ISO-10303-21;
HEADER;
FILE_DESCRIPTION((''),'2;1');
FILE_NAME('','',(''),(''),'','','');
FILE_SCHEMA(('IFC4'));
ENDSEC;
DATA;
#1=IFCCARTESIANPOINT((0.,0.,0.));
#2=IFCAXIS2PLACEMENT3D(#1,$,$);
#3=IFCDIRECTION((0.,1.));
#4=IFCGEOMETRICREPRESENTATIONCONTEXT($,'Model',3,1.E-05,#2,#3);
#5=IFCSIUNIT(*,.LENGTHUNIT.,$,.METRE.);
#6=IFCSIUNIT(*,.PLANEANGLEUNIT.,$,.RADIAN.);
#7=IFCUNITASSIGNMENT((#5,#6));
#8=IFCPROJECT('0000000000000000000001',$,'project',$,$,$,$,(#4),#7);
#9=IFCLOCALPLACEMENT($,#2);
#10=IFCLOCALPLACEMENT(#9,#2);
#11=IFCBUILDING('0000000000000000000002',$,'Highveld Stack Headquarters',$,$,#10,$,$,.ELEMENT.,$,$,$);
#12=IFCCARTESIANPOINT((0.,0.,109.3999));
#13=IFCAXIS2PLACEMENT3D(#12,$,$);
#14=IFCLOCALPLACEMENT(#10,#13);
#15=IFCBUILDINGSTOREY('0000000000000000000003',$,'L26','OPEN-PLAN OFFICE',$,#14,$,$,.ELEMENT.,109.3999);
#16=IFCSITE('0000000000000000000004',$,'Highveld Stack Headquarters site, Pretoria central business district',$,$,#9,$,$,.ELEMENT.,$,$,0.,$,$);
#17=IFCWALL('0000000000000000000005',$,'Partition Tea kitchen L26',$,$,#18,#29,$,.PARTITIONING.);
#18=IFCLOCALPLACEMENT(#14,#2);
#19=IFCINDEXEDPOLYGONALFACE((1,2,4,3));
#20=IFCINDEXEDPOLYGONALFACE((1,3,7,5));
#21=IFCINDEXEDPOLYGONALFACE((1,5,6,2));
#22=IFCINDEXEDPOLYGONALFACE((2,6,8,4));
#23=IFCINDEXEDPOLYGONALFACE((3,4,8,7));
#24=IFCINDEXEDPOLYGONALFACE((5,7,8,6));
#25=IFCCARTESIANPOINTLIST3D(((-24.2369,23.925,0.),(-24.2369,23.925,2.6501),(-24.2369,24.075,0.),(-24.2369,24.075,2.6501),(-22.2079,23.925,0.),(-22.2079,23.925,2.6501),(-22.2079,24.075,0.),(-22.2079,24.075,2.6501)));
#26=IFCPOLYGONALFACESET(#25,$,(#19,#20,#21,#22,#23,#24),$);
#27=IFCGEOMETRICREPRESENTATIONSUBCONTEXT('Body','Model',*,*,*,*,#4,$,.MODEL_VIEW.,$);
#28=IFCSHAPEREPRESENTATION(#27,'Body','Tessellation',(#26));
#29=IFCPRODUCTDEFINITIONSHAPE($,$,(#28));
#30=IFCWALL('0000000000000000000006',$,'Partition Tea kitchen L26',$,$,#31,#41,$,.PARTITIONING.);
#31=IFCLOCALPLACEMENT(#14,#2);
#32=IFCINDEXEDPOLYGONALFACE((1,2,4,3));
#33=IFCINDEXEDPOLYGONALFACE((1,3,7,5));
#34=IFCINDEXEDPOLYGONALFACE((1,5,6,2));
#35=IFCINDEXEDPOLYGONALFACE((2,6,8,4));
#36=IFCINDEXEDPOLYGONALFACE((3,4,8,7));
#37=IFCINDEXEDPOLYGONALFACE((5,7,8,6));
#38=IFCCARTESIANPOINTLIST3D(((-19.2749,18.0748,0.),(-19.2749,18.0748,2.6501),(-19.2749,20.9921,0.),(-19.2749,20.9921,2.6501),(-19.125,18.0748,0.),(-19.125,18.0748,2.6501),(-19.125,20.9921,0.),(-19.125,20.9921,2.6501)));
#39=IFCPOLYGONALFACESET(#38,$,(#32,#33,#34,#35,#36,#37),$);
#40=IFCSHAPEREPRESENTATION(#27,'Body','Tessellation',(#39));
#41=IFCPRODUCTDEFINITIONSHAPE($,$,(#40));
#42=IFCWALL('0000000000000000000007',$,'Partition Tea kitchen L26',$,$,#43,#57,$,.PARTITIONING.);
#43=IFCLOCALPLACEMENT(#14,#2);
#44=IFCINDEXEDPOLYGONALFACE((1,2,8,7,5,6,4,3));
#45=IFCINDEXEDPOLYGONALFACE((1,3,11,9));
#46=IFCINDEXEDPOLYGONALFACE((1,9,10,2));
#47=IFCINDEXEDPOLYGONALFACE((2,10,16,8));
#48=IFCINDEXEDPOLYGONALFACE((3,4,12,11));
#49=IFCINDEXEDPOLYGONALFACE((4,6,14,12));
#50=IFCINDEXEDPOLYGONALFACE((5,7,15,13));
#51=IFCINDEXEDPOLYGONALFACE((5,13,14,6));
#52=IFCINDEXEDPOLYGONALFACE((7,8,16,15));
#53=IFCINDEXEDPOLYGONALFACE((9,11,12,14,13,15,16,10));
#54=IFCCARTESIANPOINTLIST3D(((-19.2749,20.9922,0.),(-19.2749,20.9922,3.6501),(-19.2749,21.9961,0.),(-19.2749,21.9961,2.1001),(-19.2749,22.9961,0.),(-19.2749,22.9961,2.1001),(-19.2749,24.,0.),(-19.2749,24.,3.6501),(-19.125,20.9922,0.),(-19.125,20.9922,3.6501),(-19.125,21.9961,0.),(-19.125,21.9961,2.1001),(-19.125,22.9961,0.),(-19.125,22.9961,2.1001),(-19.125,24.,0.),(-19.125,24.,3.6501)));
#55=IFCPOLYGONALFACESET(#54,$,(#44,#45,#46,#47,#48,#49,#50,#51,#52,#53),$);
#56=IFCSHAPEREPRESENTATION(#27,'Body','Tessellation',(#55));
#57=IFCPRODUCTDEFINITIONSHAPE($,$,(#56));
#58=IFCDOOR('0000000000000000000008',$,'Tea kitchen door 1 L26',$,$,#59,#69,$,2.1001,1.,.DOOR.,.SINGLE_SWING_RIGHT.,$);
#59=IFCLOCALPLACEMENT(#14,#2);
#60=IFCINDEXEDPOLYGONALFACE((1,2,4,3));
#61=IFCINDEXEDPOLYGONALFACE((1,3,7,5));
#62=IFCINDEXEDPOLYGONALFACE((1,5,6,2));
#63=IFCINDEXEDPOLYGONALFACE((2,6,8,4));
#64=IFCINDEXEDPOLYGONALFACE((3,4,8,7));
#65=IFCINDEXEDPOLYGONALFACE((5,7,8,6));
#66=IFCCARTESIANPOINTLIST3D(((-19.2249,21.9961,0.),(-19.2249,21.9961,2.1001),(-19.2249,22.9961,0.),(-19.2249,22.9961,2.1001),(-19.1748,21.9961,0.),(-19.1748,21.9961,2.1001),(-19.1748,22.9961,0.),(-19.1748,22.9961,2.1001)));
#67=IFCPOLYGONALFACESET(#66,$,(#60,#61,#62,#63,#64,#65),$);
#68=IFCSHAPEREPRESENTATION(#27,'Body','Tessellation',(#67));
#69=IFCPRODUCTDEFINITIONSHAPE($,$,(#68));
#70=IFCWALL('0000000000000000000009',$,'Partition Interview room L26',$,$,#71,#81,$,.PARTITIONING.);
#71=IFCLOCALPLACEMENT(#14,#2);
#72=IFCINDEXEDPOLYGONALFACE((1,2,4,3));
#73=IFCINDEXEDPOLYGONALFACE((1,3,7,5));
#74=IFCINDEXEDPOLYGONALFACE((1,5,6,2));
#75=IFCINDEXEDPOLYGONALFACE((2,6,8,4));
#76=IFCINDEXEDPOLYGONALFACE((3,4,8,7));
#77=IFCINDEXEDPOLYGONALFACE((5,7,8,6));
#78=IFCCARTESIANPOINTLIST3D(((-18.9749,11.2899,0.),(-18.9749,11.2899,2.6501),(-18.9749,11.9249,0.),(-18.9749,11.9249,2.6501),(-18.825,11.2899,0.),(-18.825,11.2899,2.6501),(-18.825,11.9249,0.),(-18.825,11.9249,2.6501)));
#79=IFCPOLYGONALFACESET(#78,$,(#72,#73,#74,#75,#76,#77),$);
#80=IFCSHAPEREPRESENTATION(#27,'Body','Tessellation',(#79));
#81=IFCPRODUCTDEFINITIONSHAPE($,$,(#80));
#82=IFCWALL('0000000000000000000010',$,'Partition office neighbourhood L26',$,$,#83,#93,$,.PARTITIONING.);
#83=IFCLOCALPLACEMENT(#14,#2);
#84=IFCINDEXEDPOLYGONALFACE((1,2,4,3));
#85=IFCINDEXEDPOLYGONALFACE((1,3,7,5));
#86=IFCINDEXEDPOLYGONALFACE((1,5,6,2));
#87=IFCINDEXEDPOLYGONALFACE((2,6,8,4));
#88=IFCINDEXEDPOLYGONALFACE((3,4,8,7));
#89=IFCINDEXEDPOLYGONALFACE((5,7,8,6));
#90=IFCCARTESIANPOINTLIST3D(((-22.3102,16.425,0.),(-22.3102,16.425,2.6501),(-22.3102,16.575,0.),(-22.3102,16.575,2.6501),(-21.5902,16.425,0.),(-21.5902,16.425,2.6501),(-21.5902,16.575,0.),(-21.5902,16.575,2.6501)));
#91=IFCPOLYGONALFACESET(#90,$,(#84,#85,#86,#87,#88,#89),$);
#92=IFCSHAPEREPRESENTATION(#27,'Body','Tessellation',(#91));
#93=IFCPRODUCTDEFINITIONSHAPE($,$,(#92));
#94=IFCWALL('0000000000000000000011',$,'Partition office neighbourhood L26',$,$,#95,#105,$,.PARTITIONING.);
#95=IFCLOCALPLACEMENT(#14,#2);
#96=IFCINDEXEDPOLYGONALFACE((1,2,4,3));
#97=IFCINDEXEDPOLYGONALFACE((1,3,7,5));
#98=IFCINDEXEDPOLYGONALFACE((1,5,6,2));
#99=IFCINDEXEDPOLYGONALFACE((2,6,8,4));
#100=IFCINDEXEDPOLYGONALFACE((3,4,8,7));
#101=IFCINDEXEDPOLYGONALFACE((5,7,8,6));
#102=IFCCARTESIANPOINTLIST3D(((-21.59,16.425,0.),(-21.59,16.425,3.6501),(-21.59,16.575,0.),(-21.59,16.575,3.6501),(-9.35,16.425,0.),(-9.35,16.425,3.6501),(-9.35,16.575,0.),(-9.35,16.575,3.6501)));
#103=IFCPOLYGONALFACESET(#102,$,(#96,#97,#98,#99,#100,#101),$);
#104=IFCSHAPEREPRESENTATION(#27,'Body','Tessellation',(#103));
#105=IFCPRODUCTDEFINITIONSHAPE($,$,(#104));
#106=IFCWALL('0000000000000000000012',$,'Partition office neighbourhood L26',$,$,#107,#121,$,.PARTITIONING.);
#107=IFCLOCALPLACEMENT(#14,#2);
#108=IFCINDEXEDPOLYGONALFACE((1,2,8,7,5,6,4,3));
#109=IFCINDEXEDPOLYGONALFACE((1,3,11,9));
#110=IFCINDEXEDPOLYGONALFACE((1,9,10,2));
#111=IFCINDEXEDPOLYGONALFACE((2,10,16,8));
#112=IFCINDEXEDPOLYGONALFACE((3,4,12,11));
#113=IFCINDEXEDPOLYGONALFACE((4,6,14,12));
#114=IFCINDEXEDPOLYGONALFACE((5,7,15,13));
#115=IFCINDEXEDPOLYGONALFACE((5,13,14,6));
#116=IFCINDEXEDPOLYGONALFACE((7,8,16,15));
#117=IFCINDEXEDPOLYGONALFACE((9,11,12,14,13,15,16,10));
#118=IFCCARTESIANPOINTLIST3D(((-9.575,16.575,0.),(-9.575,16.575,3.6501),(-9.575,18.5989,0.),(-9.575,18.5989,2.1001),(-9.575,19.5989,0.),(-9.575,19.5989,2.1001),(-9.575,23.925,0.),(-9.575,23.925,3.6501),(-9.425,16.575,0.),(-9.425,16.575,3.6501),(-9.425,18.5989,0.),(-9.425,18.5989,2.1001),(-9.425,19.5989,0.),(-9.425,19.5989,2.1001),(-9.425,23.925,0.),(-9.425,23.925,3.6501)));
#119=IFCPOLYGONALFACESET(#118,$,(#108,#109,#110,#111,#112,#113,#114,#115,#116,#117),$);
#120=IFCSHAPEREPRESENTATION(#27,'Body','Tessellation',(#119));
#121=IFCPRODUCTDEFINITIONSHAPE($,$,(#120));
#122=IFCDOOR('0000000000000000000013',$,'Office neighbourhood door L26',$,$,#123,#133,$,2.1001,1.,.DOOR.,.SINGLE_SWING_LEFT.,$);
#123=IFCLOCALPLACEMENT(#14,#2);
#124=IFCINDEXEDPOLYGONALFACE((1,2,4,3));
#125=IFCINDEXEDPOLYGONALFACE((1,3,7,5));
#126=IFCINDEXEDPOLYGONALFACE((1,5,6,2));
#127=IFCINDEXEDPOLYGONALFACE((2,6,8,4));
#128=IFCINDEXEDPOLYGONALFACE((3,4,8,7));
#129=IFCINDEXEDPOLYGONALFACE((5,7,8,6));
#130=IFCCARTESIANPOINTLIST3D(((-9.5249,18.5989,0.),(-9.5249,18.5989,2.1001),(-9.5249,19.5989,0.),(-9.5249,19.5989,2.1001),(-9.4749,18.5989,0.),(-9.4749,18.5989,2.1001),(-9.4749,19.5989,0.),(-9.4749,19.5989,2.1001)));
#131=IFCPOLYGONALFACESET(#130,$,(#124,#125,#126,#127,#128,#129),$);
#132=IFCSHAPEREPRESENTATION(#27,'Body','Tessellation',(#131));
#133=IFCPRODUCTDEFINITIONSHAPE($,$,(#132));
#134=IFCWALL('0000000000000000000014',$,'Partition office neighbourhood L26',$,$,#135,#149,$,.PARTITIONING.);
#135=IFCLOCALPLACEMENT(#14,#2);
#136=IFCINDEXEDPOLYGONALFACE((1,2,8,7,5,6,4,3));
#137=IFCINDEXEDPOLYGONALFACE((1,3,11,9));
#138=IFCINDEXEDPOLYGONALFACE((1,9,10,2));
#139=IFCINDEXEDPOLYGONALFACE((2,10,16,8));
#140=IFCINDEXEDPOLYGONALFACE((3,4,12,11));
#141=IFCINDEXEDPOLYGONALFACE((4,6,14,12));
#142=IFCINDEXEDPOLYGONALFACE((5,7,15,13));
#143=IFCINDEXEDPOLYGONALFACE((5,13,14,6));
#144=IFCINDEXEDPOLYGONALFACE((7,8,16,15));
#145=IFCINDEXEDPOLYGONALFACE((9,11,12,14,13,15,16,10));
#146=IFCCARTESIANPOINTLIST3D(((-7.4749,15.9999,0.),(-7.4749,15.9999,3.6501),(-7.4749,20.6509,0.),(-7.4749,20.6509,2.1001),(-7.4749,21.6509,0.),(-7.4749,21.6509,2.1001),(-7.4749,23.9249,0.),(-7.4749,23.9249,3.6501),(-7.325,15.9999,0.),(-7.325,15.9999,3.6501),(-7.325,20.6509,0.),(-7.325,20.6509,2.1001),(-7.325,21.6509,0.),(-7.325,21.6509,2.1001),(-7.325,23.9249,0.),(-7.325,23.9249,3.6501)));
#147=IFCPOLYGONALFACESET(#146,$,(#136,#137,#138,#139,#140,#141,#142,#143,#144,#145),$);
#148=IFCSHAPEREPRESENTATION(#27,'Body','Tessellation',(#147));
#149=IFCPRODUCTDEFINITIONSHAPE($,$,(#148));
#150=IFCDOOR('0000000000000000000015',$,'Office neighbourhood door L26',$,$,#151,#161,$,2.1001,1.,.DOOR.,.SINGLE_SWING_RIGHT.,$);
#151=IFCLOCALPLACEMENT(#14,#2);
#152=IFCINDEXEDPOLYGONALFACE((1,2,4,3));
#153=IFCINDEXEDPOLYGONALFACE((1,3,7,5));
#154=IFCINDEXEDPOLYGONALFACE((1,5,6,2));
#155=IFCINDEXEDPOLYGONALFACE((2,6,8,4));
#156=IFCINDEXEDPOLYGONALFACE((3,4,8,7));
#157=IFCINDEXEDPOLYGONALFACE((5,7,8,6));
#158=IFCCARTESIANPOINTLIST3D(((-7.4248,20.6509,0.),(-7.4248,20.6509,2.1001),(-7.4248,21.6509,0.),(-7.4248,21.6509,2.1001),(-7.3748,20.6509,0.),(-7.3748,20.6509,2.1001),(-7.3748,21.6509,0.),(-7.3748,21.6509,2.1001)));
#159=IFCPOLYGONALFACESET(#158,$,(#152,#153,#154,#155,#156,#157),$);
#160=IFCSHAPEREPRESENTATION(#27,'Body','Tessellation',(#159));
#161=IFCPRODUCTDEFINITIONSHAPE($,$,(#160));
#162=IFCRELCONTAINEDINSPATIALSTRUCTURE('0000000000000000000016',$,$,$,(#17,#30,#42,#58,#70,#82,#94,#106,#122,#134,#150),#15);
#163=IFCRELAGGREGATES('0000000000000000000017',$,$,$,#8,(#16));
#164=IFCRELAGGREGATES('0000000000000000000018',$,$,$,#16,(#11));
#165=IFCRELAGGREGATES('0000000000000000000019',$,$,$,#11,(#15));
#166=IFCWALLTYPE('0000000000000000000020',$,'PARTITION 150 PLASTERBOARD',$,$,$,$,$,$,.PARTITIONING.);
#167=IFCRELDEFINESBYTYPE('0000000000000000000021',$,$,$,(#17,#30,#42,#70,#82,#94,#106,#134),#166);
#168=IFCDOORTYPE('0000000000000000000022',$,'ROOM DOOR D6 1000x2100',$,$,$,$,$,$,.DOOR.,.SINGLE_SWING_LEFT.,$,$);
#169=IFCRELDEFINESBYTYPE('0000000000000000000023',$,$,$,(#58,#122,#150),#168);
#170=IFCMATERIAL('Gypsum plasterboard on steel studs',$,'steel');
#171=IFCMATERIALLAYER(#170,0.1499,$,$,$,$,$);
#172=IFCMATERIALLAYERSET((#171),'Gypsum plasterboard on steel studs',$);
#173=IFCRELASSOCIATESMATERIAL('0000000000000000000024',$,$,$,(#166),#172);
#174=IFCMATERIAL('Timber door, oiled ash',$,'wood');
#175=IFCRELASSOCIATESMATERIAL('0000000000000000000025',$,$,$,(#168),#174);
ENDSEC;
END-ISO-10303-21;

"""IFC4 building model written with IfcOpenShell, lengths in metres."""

from ifc_helpers import new_model, si_unit, direction, frame, frame_2d, origin, place, context, subcontext, project, spatial, rectangle, extrude, material, layer, layer_set, type_object, element, fill, save


model = new_model("IFC4")

# Units and contexts
model_context = context("Model", 3, precision=1e-05, world=origin(), true_north=direction((0.0, 1.0)))
body_context = subcontext(model_context, "Body", "Model", "MODEL_VIEW")
ifc_project = project(units=[si_unit("LENGTHUNIT", "METRE"), si_unit("PLANEANGLEUNIT", "RADIAN")], contexts=[model_context])

# Site, building, storey
site_placement = place(None, origin())
site = spatial("IfcSite", under=ifc_project, at=site_placement, Name="Highveld Stack Headquarters site, Pretoria central business district", CompositionType="ELEMENT", RefElevation=0.0)
building_placement = place(site_placement, origin())
building = spatial("IfcBuilding", under=site, at=building_placement, Name="Highveld Stack Headquarters", CompositionType="ELEMENT")
storey_placement = place(building_placement, frame((0.0, 0.0, 109.3999)))
storey = spatial("IfcBuildingStorey", under=building, at=storey_placement, Name="L26", Description="OPEN-PLAN OFFICE", CompositionType="ELEMENT", Elevation=109.3999)

# Walls
ifc_material_1 = material(Name="Gypsum plasterboard on steel studs", Category="steel")
ifc_layer_1 = layer(ifc_material_1, 0.1499)
ifc_layer_set_1 = layer_set([ifc_layer_1], Name="Gypsum plasterboard on steel studs")
wall_type_1 = type_object("IfcWallType", Name="PARTITION 150 PLASTERBOARD", PredefinedType="PARTITIONING", material=ifc_layer_set_1)
wall_1_placement = place(storey_placement, frame((-24.2371, 24.0, 0.0), z_axis=(0.0, 0.0, 1.0), x_axis=(1.0, 0.0, 0.0)))
element("IfcWall", 1, at=wall_1_placement, inside=storey, type_object=wall_type_1, Name="Partition Tea kitchen L26", PredefinedType="PARTITIONING", context=body_context, shape_type="SweptSolid", body=[
    extrude(rectangle(XDim=2.0291, YDim=0.1499, at=frame_2d((1.0146, 0.0))), origin(), (0.0, 0.0, 1.0), 2.6501),
])
wall_2_placement = place(storey_placement, frame((-19.2, 18.075, 0.0), z_axis=(0.0, 0.0, 1.0), x_axis=(0.0, 1.0, 0.0)))
element("IfcWall", 2, at=wall_2_placement, inside=storey, type_object=wall_type_1, Name="Partition Tea kitchen L26", PredefinedType="PARTITIONING", context=body_context, shape_type="SweptSolid", body=[
    extrude(rectangle(XDim=2.9172, YDim=0.1499, at=frame_2d((1.4585, 0.0))), origin(), (0.0, 0.0, 1.0), 2.6501),
])

# Wall, opening, door
wall_3_placement = place(storey_placement, frame((-19.2, 20.9922, 0.0), z_axis=(0.0, 0.0, 1.0), x_axis=(0.0, 1.0, 0.0)))
wall_3 = element("IfcWall", 3, at=wall_3_placement, inside=storey, type_object=wall_type_1, Name="Partition Tea kitchen L26", PredefinedType="PARTITIONING", context=body_context, shape_type="SweptSolid", body=[
    extrude(rectangle(XDim=3.0078, YDim=0.1499, at=frame_2d((1.5039, 0.0))), origin(), (0.0, 0.0, 1.0), 3.6501),
])
opening_1_placement = place(wall_3_placement, frame((1.0039, 0.0, 0.0)))
opening_1 = element("IfcOpeningElement", 4, at=opening_1_placement, cuts=wall_3, PredefinedType="OPENING", context=body_context, shape_type="SweptSolid", body=[
    extrude(rectangle(XDim=1.0, YDim=2.1001, at=frame_2d((0.5, 1.05))), frame((0.0, 0.085, 0.0), z_axis=(0.0, -1.0, 0.0), x_axis=(1.0, 0.0, 0.0)), (0.0, 0.0, 1.0), 0.1699),
])
ifc_material_2 = material(Name="Timber door, oiled ash", Category="wood")
door_type = type_object("IfcDoorType", Name="ROOM DOOR D6 1000x2100", OperationType="SINGLE_SWING_LEFT", PredefinedType="DOOR", material=ifc_material_2)
door_1_placement = place(opening_1_placement, origin())
door_1 = element("IfcDoor", 5, at=door_1_placement, inside=storey, type_object=door_type, Name="Tea kitchen door 1 L26", OperationType="SINGLE_SWING_RIGHT", OverallHeight=2.1001, OverallWidth=1.0, PredefinedType="DOOR", context=body_context, shape_type="SweptSolid", body=[
    extrude(rectangle(XDim=1.0, YDim=2.1001, at=frame_2d((0.5, 1.05))), frame((0.0, 0.0249, 0.0), z_axis=(0.0, -1.0, 0.0), x_axis=(1.0, 0.0, 0.0)), (0.0, 0.0, 1.0), 0.05),
])
fill(opening_1, door_1)

# Walls
wall_4_placement = place(storey_placement, frame((-18.8999, 11.29, 0.0), z_axis=(0.0, 0.0, 1.0), x_axis=(0.0, 1.0, 0.0)))
element("IfcWall", 6, at=wall_4_placement, inside=storey, type_object=wall_type_1, Name="Partition Interview room L26", PredefinedType="PARTITIONING", context=body_context, shape_type="SweptSolid", body=[
    extrude(rectangle(XDim=0.635, YDim=0.1499, at=frame_2d((0.3174, 0.0))), origin(), (0.0, 0.0, 1.0), 2.6501),
])
wall_5_placement = place(storey_placement, frame((-22.3101, 16.5, 0.0), z_axis=(0.0, 0.0, 1.0), x_axis=(1.0, 0.0, 0.0)))
element("IfcWall", 7, at=wall_5_placement, inside=storey, type_object=wall_type_1, Name="Partition office neighbourhood L26", PredefinedType="PARTITIONING", context=body_context, shape_type="SweptSolid", body=[
    extrude(rectangle(XDim=0.72, YDim=0.1499, at=frame_2d((0.3599, 0.0))), origin(), (0.0, 0.0, 1.0), 2.6501),
])
wall_6_placement = place(storey_placement, frame((-21.5901, 16.5, 0.0), z_axis=(0.0, 0.0, 1.0), x_axis=(1.0, 0.0, 0.0)))
element("IfcWall", 8, at=wall_6_placement, inside=storey, type_object=wall_type_1, Name="Partition office neighbourhood L26", PredefinedType="PARTITIONING", context=body_context, shape_type="SweptSolid", body=[
    extrude(rectangle(XDim=12.24, YDim=0.1499, at=frame_2d((6.1201, 0.0))), origin(), (0.0, 0.0, 1.0), 3.6501),
])

# Walls, openings, doors
wall_7_placement = place(storey_placement, frame((-9.5, 16.575, 0.0), z_axis=(0.0, 0.0, 1.0), x_axis=(0.0, 1.0, 0.0)))
wall_7 = element("IfcWall", 9, at=wall_7_placement, inside=storey, type_object=wall_type_1, Name="Partition office neighbourhood L26", PredefinedType="PARTITIONING", context=body_context, shape_type="SweptSolid", body=[
    extrude(rectangle(XDim=7.3501, YDim=0.1499, at=frame_2d((3.675, 0.0))), origin(), (0.0, 0.0, 1.0), 3.6501),
])
opening_2_placement = place(wall_7_placement, frame((2.0239, 0.0, 0.0)))
opening_2 = element("IfcOpeningElement", 10, at=opening_2_placement, cuts=wall_7, PredefinedType="OPENING", context=body_context, shape_type="SweptSolid", body=[
    extrude(rectangle(XDim=1.0, YDim=2.1001, at=frame_2d((0.5, 1.05))), frame((0.0, 0.085, 0.0), z_axis=(0.0, -1.0, 0.0), x_axis=(1.0, 0.0, 0.0)), (0.0, 0.0, 1.0), 0.1699),
])
door_2_placement = place(opening_2_placement, origin())
door_2 = element("IfcDoor", 11, at=door_2_placement, inside=storey, type_object=door_type, Name="Office neighbourhood door L26", OperationType="SINGLE_SWING_LEFT", OverallHeight=2.1001, OverallWidth=1.0, PredefinedType="DOOR", context=body_context, shape_type="SweptSolid", body=[
    extrude(rectangle(XDim=1.0, YDim=2.1001, at=frame_2d((0.5, 1.05))), frame((0.0, 0.0249, 0.0), z_axis=(0.0, -1.0, 0.0), x_axis=(1.0, 0.0, 0.0)), (0.0, 0.0, 1.0), 0.05),
])
fill(opening_2, door_2)
wall_8_placement = place(storey_placement, frame((-7.3999, 16.0, 0.0), z_axis=(0.0, 0.0, 1.0), x_axis=(0.0, 1.0, 0.0)))
wall_8 = element("IfcWall", 12, at=wall_8_placement, inside=storey, type_object=wall_type_1, Name="Partition office neighbourhood L26", PredefinedType="PARTITIONING", context=body_context, shape_type="SweptSolid", body=[
    extrude(rectangle(XDim=7.925, YDim=0.1499, at=frame_2d((3.9624, 0.0))), origin(), (0.0, 0.0, 1.0), 3.6501),
])
opening_3_placement = place(wall_8_placement, frame((4.6509, 0.0, 0.0)))
opening_3 = element("IfcOpeningElement", 13, at=opening_3_placement, cuts=wall_8, PredefinedType="OPENING", context=body_context, shape_type="SweptSolid", body=[
    extrude(rectangle(XDim=1.0, YDim=2.1001, at=frame_2d((0.5, 1.05))), frame((0.0, 0.085, 0.0), z_axis=(0.0, -1.0, 0.0), x_axis=(1.0, 0.0, 0.0)), (0.0, 0.0, 1.0), 0.1699),
])
door_3_placement = place(opening_3_placement, origin())
door_3 = element("IfcDoor", 14, at=door_3_placement, inside=storey, type_object=door_type, Name="Office neighbourhood door L26", OperationType="SINGLE_SWING_RIGHT", OverallHeight=2.1001, OverallWidth=1.0, PredefinedType="DOOR", context=body_context, shape_type="SweptSolid", body=[
    extrude(rectangle(XDim=1.0, YDim=2.1001, at=frame_2d((0.5, 1.05))), frame((0.0, 0.0249, 0.0), z_axis=(0.0, -1.0, 0.0), x_axis=(1.0, 0.0, 0.0)), (0.0, 0.0, 1.0), 0.05),
])
fill(opening_3, door_3)

save(model, "model.ifc")
